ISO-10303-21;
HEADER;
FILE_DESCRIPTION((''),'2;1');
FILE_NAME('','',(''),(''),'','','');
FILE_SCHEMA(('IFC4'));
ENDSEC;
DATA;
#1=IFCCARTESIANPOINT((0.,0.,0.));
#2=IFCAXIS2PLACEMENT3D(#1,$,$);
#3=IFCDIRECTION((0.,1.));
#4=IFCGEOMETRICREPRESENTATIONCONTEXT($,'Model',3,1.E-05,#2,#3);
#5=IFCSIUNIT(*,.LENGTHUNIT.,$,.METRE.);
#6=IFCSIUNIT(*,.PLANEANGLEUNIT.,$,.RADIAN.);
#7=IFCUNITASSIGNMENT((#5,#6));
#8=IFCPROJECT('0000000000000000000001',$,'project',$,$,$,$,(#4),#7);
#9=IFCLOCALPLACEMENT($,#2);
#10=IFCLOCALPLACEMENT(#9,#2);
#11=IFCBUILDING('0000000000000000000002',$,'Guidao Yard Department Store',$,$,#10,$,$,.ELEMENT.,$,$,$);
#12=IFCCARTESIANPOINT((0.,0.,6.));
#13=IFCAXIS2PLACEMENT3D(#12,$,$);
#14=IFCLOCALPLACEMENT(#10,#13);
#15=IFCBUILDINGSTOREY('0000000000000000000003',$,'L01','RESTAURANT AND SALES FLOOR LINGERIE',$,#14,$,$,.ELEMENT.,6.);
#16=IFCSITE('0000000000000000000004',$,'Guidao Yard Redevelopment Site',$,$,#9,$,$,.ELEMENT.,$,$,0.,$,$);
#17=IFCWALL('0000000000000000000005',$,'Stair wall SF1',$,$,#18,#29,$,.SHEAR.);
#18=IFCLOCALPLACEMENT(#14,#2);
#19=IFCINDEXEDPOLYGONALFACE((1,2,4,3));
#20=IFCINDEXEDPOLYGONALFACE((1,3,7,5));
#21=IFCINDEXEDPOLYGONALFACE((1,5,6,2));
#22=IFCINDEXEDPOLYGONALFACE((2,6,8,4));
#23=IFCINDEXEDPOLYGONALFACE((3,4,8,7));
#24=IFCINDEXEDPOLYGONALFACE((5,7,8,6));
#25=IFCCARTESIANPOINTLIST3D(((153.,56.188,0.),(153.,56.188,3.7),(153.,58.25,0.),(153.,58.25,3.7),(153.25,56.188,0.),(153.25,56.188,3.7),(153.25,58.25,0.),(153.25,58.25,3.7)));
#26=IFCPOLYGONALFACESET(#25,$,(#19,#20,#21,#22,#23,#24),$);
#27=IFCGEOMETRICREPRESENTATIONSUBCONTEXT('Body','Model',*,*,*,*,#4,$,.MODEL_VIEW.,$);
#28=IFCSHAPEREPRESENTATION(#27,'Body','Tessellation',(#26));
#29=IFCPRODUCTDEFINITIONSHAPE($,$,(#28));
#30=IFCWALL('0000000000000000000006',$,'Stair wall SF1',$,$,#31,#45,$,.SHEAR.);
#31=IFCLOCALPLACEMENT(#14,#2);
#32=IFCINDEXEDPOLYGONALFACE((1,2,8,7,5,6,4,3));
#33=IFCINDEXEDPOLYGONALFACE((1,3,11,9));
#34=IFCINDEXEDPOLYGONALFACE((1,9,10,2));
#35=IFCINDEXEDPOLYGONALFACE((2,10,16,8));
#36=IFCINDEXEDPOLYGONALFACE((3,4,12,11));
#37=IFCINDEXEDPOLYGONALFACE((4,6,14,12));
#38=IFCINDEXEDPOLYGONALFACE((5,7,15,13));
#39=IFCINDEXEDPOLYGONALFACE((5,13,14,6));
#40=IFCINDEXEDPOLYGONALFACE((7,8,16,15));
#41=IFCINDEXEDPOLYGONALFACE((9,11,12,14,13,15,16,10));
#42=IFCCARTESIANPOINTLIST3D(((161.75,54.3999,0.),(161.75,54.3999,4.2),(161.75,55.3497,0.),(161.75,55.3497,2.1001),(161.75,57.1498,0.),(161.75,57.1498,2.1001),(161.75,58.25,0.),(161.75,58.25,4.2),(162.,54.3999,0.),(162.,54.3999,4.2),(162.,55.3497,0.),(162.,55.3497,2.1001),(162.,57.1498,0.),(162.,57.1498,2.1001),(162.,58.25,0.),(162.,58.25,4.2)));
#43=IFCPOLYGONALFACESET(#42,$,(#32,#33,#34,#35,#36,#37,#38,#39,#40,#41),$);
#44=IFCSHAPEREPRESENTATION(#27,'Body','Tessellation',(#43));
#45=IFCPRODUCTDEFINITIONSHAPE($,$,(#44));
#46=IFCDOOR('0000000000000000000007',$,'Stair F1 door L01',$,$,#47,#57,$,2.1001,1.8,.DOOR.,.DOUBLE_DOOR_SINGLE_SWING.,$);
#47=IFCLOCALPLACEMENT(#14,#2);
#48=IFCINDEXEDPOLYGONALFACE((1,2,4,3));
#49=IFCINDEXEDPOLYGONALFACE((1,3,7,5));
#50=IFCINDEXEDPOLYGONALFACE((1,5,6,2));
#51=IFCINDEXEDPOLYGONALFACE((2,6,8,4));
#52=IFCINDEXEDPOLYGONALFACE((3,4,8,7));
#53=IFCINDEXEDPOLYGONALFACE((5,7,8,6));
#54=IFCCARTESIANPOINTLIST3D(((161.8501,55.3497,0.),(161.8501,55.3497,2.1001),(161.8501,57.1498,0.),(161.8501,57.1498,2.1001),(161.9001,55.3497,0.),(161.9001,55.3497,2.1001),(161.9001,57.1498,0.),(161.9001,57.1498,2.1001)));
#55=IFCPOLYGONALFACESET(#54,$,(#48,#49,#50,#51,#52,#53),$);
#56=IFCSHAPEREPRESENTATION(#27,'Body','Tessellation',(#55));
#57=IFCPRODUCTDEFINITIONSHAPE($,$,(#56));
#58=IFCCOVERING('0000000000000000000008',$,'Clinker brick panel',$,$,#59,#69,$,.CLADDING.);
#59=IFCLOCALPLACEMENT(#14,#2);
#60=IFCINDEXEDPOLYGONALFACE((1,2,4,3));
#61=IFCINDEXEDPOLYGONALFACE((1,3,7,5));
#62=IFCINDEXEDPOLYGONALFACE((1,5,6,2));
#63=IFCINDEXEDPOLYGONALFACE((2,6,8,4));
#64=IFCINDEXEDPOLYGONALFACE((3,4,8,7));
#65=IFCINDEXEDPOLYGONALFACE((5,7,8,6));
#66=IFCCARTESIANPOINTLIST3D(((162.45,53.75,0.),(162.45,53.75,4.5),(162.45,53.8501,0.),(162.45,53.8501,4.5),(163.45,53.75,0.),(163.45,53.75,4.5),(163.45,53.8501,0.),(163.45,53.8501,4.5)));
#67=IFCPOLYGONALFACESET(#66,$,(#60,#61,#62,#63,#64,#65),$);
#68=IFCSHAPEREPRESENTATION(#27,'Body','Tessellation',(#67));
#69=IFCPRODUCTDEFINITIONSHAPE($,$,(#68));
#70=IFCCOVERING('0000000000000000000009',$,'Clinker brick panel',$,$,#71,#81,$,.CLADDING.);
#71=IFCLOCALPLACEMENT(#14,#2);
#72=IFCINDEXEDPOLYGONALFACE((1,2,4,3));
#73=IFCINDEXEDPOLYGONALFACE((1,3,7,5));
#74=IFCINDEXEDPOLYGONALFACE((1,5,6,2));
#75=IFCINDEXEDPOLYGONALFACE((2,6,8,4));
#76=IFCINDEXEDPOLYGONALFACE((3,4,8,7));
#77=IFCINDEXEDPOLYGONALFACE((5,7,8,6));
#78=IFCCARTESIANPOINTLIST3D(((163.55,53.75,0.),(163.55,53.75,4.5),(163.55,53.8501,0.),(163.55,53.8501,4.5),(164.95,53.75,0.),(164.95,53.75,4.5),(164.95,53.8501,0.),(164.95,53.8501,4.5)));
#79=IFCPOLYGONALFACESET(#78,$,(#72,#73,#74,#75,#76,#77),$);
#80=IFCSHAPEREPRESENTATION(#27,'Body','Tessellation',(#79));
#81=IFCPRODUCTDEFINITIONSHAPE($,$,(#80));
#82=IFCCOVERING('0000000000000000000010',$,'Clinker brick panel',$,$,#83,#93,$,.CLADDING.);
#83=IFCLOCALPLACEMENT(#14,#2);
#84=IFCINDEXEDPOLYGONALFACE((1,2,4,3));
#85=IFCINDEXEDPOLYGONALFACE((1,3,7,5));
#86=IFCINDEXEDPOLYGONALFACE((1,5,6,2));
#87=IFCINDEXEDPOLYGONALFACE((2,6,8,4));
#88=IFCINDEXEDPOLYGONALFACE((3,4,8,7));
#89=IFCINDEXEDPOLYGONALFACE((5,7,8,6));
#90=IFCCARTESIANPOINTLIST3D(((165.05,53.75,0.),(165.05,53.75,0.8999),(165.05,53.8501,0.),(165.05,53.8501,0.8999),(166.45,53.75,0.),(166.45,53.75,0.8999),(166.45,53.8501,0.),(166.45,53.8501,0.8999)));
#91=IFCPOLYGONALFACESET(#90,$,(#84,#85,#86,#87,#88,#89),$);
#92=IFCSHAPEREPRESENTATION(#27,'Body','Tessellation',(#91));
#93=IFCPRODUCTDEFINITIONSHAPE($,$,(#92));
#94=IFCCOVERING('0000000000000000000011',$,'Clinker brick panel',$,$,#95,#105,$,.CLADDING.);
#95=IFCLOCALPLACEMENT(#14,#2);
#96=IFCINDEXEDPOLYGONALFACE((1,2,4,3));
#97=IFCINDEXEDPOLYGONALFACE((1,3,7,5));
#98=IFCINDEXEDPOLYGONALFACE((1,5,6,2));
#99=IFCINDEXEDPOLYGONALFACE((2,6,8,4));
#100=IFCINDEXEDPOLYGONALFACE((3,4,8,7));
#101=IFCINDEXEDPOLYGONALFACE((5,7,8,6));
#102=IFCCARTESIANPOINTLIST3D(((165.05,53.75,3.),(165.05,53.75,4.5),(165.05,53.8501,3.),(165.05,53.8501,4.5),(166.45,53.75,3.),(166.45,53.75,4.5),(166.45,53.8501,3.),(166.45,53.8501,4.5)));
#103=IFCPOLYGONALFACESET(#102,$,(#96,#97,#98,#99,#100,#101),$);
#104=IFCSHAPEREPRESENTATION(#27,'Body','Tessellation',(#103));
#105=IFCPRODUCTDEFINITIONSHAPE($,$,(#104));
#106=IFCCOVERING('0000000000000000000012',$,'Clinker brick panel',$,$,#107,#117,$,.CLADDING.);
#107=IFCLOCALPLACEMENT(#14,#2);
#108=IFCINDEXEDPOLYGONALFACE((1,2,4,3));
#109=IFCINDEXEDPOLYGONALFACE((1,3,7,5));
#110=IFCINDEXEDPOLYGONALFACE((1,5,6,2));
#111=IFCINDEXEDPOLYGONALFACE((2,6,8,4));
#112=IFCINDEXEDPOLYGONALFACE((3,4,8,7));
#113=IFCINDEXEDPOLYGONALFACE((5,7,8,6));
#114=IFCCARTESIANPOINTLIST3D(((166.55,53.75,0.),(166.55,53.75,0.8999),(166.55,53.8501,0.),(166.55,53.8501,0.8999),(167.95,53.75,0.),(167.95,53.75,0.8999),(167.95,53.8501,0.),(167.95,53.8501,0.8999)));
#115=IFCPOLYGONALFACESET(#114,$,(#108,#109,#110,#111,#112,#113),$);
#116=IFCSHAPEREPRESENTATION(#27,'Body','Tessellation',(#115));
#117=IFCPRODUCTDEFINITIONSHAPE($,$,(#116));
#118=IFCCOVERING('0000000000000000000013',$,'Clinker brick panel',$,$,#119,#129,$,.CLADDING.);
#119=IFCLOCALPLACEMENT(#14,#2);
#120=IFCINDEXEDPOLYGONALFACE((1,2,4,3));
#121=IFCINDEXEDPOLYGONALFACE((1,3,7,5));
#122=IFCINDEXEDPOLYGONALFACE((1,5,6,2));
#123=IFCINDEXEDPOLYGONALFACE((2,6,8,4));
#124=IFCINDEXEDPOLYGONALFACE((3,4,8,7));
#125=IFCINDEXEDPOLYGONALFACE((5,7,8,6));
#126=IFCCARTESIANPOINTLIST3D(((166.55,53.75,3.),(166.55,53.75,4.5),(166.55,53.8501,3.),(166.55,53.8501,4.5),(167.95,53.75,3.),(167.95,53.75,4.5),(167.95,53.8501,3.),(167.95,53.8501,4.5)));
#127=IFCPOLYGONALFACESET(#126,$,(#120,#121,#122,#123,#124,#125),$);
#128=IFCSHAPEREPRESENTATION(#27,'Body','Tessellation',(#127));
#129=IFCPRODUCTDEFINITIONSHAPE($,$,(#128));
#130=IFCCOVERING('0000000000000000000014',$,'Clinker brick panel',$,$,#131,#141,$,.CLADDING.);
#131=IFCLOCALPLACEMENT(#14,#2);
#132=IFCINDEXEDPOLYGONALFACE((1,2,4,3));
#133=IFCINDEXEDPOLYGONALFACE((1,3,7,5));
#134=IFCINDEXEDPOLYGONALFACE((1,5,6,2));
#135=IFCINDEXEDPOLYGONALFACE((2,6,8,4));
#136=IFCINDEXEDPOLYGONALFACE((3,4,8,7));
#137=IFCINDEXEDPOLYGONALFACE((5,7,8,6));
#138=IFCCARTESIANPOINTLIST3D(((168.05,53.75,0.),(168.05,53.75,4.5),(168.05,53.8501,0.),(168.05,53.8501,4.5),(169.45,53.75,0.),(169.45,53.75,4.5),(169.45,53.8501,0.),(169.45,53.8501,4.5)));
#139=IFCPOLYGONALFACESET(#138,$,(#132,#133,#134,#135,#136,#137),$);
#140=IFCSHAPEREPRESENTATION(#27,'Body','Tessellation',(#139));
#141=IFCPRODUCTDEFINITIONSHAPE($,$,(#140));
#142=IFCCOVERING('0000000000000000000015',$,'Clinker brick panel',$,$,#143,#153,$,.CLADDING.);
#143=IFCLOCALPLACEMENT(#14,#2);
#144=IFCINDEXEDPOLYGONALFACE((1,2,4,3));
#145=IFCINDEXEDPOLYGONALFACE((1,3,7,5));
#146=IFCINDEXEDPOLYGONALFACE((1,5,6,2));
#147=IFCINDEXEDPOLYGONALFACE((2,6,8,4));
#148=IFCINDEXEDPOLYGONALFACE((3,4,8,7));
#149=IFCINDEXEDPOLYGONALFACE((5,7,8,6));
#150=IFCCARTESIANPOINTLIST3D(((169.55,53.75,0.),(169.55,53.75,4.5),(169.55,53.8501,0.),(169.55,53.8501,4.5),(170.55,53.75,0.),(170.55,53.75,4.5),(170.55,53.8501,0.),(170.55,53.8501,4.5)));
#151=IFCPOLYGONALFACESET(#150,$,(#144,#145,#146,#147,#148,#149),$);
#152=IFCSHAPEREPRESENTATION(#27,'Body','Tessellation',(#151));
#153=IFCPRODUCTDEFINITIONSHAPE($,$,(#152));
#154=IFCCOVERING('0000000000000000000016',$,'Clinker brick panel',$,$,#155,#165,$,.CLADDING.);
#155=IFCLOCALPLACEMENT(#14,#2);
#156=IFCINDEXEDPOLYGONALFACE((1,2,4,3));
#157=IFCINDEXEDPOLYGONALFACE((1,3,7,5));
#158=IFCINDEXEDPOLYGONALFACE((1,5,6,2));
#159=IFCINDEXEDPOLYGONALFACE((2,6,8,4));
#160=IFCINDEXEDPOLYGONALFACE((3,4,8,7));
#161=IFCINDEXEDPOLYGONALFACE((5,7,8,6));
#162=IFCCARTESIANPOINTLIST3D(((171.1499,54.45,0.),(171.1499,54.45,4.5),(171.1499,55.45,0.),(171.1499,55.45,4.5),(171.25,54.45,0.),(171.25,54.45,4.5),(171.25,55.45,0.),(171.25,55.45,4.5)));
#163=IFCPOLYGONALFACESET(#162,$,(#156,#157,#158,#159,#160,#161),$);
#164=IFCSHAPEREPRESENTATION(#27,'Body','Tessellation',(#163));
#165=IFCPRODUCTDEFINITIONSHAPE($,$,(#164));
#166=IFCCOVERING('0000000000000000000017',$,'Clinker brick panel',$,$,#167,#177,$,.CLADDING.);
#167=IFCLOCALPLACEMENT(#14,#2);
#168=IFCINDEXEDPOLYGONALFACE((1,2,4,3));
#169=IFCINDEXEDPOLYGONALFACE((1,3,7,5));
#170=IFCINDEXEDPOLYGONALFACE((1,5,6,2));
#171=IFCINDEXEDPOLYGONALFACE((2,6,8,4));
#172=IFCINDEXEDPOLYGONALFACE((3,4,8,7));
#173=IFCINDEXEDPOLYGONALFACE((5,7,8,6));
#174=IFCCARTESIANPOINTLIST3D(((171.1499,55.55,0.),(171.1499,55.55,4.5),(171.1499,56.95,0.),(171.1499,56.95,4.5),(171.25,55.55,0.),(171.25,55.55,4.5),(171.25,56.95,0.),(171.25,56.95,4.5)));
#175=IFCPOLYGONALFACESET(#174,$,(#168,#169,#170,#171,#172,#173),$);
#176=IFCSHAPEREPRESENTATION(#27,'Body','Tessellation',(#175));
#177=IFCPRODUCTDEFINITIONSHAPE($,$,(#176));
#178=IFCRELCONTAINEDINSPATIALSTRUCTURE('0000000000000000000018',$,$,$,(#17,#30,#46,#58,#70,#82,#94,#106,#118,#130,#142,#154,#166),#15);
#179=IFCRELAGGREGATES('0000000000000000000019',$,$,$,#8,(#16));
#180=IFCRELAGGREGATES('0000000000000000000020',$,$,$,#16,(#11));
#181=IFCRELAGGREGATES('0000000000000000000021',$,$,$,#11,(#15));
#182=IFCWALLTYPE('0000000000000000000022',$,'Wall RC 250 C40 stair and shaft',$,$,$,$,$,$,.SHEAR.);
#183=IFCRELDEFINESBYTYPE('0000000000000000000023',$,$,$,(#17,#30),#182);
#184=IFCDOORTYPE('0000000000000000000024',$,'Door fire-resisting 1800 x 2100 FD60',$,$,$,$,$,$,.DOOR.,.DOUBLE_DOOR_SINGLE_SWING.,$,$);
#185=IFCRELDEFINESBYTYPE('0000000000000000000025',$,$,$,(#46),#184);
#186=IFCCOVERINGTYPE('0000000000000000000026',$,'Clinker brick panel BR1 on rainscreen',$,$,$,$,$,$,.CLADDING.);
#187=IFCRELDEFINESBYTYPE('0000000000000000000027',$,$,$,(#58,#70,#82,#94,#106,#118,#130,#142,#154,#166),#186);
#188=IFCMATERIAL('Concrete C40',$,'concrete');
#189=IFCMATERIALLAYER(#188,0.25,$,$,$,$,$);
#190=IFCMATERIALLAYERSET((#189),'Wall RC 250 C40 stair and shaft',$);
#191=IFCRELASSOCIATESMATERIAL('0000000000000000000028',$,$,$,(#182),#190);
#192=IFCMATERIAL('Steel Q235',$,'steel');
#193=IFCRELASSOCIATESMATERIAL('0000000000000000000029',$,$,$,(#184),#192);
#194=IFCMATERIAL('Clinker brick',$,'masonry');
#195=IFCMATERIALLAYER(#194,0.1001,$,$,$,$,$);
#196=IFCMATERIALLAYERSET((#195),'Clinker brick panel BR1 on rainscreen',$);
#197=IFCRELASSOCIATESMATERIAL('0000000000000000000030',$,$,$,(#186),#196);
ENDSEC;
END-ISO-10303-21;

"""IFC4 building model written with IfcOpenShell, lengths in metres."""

from ifc_helpers import new_model, si_unit, direction, frame, frame_2d, origin, origin_2d, place, context, subcontext, project, spatial, rectangle, extrude, material, layer, layer_set, type_object, element, fill, save


model = new_model("IFC4")

# Units and contexts
model_context = context("Model", 3, precision=1e-05, world=origin(), true_north=direction((0.0, 1.0)))
body_context = subcontext(model_context, "Body", "Model", "MODEL_VIEW")
ifc_project = project(units=[si_unit("LENGTHUNIT", "METRE"), si_unit("PLANEANGLEUNIT", "RADIAN")], contexts=[model_context])

# Site, building, storey
site_placement = place(None, origin())
site = spatial("IfcSite", under=ifc_project, at=site_placement, Name="Guidao Yard Redevelopment Site", CompositionType="ELEMENT", RefElevation=0.0)
building_placement = place(site_placement, origin())
building = spatial("IfcBuilding", under=site, at=building_placement, Name="Guidao Yard Department Store", CompositionType="ELEMENT")
storey_placement = place(building_placement, frame((0.0, 0.0, 6.0)))
storey = spatial("IfcBuildingStorey", under=building, at=storey_placement, Name="L01", Description="RESTAURANT AND SALES FLOOR LINGERIE", CompositionType="ELEMENT", Elevation=6.0)

# Wall
ifc_material_1 = material(Name="Concrete C40", Category="concrete")
ifc_layer_1 = layer(ifc_material_1, 0.25)
ifc_layer_set_1 = layer_set([ifc_layer_1], Name="Wall RC 250 C40 stair and shaft")
wall_type_1 = type_object("IfcWallType", Name="Wall RC 250 C40 stair and shaft", PredefinedType="SHEAR", material=ifc_layer_set_1)
wall_1_placement = place(storey_placement, frame((153.125, 56.188, 0.0), z_axis=(0.0, 0.0, 1.0), x_axis=(0.0, 1.0, 0.0)))
element("IfcWall", 1, at=wall_1_placement, inside=storey, type_object=wall_type_1, Name="Stair wall SF1", PredefinedType="SHEAR", context=body_context, shape_type="SweptSolid", body=[
    extrude(rectangle(XDim=2.062, YDim=0.25, at=frame_2d((1.031, 0.0))), origin(), (0.0, 0.0, 1.0), 3.7),
])

# Wall, opening, door
wall_2_placement = place(storey_placement, frame((161.875, 54.3999, 0.0), z_axis=(0.0, 0.0, 1.0), x_axis=(0.0, 1.0, 0.0)))
wall_2 = element("IfcWall", 2, at=wall_2_placement, inside=storey, type_object=wall_type_1, Name="Stair wall SF1", PredefinedType="SHEAR", context=body_context, shape_type="SweptSolid", body=[
    extrude(rectangle(XDim=3.8501, YDim=0.25, at=frame_2d((1.925, 0.0))), origin(), (0.0, 0.0, 1.0), 4.2),
])
opening_1_placement = place(wall_2_placement, frame((0.95, 0.0, 0.0)))
opening_1 = element("IfcOpeningElement", 3, at=opening_1_placement, cuts=wall_2, PredefinedType="OPENING", context=body_context, shape_type="SweptSolid", body=[
    extrude(rectangle(XDim=1.8, YDim=2.1001, at=frame_2d((0.8999, 1.05))), frame((0.0, 0.135, 0.0), z_axis=(0.0, -1.0, 0.0), x_axis=(1.0, 0.0, 0.0)), (0.0, 0.0, 1.0), 0.27),
])
ifc_material_2 = material(Name="Steel Q235", Category="steel")
door_type = type_object("IfcDoorType", Name="Door fire-resisting 1800 x 2100 FD60", OperationType="DOUBLE_DOOR_SINGLE_SWING", PredefinedType="DOOR", material=ifc_material_2)
door_placement = place(opening_1_placement, origin())
door = element("IfcDoor", 4, at=door_placement, inside=storey, type_object=door_type, Name="Stair F1 door L01", OperationType="DOUBLE_DOOR_SINGLE_SWING", OverallHeight=2.1001, OverallWidth=1.8, PredefinedType="DOOR", context=body_context, shape_type="SweptSolid", body=[
    extrude(rectangle(XDim=1.8, YDim=2.1001, at=frame_2d((0.8999, 1.05))), frame((0.0, 0.0249, 0.0), z_axis=(0.0, -1.0, 0.0), x_axis=(1.0, 0.0, 0.0)), (0.0, 0.0, 1.0), 0.05),
])
fill(opening_1, door)

# Coverings
ifc_material_3 = material(Name="Clinker brick", Category="masonry")
ifc_layer_2 = layer(ifc_material_3, 0.1001)
ifc_layer_set_2 = layer_set([ifc_layer_2], Name="Clinker brick panel BR1 on rainscreen")
covering_type = type_object("IfcCoveringType", Name="Clinker brick panel BR1 on rainscreen", PredefinedType="CLADDING", material=ifc_layer_set_2)
covering_1_placement = place(storey_placement, frame((162.95, 53.8, 0.0), z_axis=(0.0, 0.0, 1.0), x_axis=(-1.0, 0.0, 0.0)))
element("IfcCovering", 5, at=covering_1_placement, inside=storey, type_object=covering_type, Name="Clinker brick panel", PredefinedType="CLADDING", context=body_context, shape_type="SweptSolid", body=[
    extrude(rectangle(XDim=1.0, YDim=0.1001, at=origin_2d()), origin(), (0.0, 0.0, 1.0), 4.5),
])
covering_2_placement = place(storey_placement, frame((164.25, 53.8, 0.0), z_axis=(0.0, 0.0, 1.0), x_axis=(-1.0, 0.0, 0.0)))
element("IfcCovering", 6, at=covering_2_placement, inside=storey, type_object=covering_type, Name="Clinker brick panel", PredefinedType="CLADDING", context=body_context, shape_type="SweptSolid", body=[
    extrude(rectangle(XDim=1.3999, YDim=0.1001, at=origin_2d()), origin(), (0.0, 0.0, 1.0), 4.5),
])
covering_3_placement = place(storey_placement, frame((165.75, 53.8, 0.0), z_axis=(0.0, 0.0, 1.0), x_axis=(-1.0, 0.0, 0.0)))
element("IfcCovering", 7, at=covering_3_placement, inside=storey, type_object=covering_type, Name="Clinker brick panel", PredefinedType="CLADDING", context=body_context, shape_type="SweptSolid", body=[
    extrude(rectangle(XDim=1.3999, YDim=0.1001, at=origin_2d()), origin(), (0.0, 0.0, 1.0), 0.8999),
])
covering_4_placement = place(storey_placement, frame((165.75, 53.8, 3.0), z_axis=(0.0, 0.0, 1.0), x_axis=(-1.0, 0.0, 0.0)))
element("IfcCovering", 8, at=covering_4_placement, inside=storey, type_object=covering_type, Name="Clinker brick panel", PredefinedType="CLADDING", context=body_context, shape_type="SweptSolid", body=[
    extrude(rectangle(XDim=1.3999, YDim=0.1001, at=origin_2d()), origin(), (0.0, 0.0, 1.0), 1.5),
])
covering_5_placement = place(storey_placement, frame((167.25, 53.8, 0.0), z_axis=(0.0, 0.0, 1.0), x_axis=(-1.0, 0.0, 0.0)))
element("IfcCovering", 9, at=covering_5_placement, inside=storey, type_object=covering_type, Name="Clinker brick panel", PredefinedType="CLADDING", context=body_context, shape_type="SweptSolid", body=[
    extrude(rectangle(XDim=1.3999, YDim=0.1001, at=origin_2d()), origin(), (0.0, 0.0, 1.0), 0.8999),
])
covering_6_placement = place(storey_placement, frame((167.25, 53.8, 3.0), z_axis=(0.0, 0.0, 1.0), x_axis=(-1.0, 0.0, 0.0)))
element("IfcCovering", 10, at=covering_6_placement, inside=storey, type_object=covering_type, Name="Clinker brick panel", PredefinedType="CLADDING", context=body_context, shape_type="SweptSolid", body=[
    extrude(rectangle(XDim=1.3999, YDim=0.1001, at=origin_2d()), origin(), (0.0, 0.0, 1.0), 1.5),
])
covering_7_placement = place(storey_placement, frame((168.75, 53.8, 0.0), z_axis=(0.0, 0.0, 1.0), x_axis=(-1.0, 0.0, 0.0)))
element("IfcCovering", 11, at=covering_7_placement, inside=storey, type_object=covering_type, Name="Clinker brick panel", PredefinedType="CLADDING", context=body_context, shape_type="SweptSolid", body=[
    extrude(rectangle(XDim=1.3999, YDim=0.1001, at=origin_2d()), origin(), (0.0, 0.0, 1.0), 4.5),
])
for number, where, z_axis, x_axis, name in (
    (12, (170.05, 53.8, 0.0), (0.0, 0.0, 1.0), (-1.0, 0.0, 0.0), "Clinker brick panel"),
    (13, (171.2, 54.95, 0.0), (0.0, 0.0, 1.0), (0.0, -1.0, 0.0), "Clinker brick panel"),
):
    element("IfcCovering", number, at=place(storey_placement, frame(where, z_axis=z_axis, x_axis=x_axis)), inside=storey, type_object=covering_type, Name=name, PredefinedType="CLADDING", context=body_context, shape_type="SweptSolid", body=[
        extrude(rectangle(XDim=1.0, YDim=0.1001, at=origin_2d()), origin(), (0.0, 0.0, 1.0), 4.5),
    ])
covering_8_placement = place(storey_placement, frame((171.2, 56.25, 0.0), z_axis=(0.0, 0.0, 1.0), x_axis=(0.0, -1.0, 0.0)))
element("IfcCovering", 14, at=covering_8_placement, inside=storey, type_object=covering_type, Name="Clinker brick panel", PredefinedType="CLADDING", context=body_context, shape_type="SweptSolid", body=[
    extrude(rectangle(XDim=1.3999, YDim=0.1001, at=origin_2d()), origin(), (0.0, 0.0, 1.0), 4.5),
])

save(model, "model.ifc")
